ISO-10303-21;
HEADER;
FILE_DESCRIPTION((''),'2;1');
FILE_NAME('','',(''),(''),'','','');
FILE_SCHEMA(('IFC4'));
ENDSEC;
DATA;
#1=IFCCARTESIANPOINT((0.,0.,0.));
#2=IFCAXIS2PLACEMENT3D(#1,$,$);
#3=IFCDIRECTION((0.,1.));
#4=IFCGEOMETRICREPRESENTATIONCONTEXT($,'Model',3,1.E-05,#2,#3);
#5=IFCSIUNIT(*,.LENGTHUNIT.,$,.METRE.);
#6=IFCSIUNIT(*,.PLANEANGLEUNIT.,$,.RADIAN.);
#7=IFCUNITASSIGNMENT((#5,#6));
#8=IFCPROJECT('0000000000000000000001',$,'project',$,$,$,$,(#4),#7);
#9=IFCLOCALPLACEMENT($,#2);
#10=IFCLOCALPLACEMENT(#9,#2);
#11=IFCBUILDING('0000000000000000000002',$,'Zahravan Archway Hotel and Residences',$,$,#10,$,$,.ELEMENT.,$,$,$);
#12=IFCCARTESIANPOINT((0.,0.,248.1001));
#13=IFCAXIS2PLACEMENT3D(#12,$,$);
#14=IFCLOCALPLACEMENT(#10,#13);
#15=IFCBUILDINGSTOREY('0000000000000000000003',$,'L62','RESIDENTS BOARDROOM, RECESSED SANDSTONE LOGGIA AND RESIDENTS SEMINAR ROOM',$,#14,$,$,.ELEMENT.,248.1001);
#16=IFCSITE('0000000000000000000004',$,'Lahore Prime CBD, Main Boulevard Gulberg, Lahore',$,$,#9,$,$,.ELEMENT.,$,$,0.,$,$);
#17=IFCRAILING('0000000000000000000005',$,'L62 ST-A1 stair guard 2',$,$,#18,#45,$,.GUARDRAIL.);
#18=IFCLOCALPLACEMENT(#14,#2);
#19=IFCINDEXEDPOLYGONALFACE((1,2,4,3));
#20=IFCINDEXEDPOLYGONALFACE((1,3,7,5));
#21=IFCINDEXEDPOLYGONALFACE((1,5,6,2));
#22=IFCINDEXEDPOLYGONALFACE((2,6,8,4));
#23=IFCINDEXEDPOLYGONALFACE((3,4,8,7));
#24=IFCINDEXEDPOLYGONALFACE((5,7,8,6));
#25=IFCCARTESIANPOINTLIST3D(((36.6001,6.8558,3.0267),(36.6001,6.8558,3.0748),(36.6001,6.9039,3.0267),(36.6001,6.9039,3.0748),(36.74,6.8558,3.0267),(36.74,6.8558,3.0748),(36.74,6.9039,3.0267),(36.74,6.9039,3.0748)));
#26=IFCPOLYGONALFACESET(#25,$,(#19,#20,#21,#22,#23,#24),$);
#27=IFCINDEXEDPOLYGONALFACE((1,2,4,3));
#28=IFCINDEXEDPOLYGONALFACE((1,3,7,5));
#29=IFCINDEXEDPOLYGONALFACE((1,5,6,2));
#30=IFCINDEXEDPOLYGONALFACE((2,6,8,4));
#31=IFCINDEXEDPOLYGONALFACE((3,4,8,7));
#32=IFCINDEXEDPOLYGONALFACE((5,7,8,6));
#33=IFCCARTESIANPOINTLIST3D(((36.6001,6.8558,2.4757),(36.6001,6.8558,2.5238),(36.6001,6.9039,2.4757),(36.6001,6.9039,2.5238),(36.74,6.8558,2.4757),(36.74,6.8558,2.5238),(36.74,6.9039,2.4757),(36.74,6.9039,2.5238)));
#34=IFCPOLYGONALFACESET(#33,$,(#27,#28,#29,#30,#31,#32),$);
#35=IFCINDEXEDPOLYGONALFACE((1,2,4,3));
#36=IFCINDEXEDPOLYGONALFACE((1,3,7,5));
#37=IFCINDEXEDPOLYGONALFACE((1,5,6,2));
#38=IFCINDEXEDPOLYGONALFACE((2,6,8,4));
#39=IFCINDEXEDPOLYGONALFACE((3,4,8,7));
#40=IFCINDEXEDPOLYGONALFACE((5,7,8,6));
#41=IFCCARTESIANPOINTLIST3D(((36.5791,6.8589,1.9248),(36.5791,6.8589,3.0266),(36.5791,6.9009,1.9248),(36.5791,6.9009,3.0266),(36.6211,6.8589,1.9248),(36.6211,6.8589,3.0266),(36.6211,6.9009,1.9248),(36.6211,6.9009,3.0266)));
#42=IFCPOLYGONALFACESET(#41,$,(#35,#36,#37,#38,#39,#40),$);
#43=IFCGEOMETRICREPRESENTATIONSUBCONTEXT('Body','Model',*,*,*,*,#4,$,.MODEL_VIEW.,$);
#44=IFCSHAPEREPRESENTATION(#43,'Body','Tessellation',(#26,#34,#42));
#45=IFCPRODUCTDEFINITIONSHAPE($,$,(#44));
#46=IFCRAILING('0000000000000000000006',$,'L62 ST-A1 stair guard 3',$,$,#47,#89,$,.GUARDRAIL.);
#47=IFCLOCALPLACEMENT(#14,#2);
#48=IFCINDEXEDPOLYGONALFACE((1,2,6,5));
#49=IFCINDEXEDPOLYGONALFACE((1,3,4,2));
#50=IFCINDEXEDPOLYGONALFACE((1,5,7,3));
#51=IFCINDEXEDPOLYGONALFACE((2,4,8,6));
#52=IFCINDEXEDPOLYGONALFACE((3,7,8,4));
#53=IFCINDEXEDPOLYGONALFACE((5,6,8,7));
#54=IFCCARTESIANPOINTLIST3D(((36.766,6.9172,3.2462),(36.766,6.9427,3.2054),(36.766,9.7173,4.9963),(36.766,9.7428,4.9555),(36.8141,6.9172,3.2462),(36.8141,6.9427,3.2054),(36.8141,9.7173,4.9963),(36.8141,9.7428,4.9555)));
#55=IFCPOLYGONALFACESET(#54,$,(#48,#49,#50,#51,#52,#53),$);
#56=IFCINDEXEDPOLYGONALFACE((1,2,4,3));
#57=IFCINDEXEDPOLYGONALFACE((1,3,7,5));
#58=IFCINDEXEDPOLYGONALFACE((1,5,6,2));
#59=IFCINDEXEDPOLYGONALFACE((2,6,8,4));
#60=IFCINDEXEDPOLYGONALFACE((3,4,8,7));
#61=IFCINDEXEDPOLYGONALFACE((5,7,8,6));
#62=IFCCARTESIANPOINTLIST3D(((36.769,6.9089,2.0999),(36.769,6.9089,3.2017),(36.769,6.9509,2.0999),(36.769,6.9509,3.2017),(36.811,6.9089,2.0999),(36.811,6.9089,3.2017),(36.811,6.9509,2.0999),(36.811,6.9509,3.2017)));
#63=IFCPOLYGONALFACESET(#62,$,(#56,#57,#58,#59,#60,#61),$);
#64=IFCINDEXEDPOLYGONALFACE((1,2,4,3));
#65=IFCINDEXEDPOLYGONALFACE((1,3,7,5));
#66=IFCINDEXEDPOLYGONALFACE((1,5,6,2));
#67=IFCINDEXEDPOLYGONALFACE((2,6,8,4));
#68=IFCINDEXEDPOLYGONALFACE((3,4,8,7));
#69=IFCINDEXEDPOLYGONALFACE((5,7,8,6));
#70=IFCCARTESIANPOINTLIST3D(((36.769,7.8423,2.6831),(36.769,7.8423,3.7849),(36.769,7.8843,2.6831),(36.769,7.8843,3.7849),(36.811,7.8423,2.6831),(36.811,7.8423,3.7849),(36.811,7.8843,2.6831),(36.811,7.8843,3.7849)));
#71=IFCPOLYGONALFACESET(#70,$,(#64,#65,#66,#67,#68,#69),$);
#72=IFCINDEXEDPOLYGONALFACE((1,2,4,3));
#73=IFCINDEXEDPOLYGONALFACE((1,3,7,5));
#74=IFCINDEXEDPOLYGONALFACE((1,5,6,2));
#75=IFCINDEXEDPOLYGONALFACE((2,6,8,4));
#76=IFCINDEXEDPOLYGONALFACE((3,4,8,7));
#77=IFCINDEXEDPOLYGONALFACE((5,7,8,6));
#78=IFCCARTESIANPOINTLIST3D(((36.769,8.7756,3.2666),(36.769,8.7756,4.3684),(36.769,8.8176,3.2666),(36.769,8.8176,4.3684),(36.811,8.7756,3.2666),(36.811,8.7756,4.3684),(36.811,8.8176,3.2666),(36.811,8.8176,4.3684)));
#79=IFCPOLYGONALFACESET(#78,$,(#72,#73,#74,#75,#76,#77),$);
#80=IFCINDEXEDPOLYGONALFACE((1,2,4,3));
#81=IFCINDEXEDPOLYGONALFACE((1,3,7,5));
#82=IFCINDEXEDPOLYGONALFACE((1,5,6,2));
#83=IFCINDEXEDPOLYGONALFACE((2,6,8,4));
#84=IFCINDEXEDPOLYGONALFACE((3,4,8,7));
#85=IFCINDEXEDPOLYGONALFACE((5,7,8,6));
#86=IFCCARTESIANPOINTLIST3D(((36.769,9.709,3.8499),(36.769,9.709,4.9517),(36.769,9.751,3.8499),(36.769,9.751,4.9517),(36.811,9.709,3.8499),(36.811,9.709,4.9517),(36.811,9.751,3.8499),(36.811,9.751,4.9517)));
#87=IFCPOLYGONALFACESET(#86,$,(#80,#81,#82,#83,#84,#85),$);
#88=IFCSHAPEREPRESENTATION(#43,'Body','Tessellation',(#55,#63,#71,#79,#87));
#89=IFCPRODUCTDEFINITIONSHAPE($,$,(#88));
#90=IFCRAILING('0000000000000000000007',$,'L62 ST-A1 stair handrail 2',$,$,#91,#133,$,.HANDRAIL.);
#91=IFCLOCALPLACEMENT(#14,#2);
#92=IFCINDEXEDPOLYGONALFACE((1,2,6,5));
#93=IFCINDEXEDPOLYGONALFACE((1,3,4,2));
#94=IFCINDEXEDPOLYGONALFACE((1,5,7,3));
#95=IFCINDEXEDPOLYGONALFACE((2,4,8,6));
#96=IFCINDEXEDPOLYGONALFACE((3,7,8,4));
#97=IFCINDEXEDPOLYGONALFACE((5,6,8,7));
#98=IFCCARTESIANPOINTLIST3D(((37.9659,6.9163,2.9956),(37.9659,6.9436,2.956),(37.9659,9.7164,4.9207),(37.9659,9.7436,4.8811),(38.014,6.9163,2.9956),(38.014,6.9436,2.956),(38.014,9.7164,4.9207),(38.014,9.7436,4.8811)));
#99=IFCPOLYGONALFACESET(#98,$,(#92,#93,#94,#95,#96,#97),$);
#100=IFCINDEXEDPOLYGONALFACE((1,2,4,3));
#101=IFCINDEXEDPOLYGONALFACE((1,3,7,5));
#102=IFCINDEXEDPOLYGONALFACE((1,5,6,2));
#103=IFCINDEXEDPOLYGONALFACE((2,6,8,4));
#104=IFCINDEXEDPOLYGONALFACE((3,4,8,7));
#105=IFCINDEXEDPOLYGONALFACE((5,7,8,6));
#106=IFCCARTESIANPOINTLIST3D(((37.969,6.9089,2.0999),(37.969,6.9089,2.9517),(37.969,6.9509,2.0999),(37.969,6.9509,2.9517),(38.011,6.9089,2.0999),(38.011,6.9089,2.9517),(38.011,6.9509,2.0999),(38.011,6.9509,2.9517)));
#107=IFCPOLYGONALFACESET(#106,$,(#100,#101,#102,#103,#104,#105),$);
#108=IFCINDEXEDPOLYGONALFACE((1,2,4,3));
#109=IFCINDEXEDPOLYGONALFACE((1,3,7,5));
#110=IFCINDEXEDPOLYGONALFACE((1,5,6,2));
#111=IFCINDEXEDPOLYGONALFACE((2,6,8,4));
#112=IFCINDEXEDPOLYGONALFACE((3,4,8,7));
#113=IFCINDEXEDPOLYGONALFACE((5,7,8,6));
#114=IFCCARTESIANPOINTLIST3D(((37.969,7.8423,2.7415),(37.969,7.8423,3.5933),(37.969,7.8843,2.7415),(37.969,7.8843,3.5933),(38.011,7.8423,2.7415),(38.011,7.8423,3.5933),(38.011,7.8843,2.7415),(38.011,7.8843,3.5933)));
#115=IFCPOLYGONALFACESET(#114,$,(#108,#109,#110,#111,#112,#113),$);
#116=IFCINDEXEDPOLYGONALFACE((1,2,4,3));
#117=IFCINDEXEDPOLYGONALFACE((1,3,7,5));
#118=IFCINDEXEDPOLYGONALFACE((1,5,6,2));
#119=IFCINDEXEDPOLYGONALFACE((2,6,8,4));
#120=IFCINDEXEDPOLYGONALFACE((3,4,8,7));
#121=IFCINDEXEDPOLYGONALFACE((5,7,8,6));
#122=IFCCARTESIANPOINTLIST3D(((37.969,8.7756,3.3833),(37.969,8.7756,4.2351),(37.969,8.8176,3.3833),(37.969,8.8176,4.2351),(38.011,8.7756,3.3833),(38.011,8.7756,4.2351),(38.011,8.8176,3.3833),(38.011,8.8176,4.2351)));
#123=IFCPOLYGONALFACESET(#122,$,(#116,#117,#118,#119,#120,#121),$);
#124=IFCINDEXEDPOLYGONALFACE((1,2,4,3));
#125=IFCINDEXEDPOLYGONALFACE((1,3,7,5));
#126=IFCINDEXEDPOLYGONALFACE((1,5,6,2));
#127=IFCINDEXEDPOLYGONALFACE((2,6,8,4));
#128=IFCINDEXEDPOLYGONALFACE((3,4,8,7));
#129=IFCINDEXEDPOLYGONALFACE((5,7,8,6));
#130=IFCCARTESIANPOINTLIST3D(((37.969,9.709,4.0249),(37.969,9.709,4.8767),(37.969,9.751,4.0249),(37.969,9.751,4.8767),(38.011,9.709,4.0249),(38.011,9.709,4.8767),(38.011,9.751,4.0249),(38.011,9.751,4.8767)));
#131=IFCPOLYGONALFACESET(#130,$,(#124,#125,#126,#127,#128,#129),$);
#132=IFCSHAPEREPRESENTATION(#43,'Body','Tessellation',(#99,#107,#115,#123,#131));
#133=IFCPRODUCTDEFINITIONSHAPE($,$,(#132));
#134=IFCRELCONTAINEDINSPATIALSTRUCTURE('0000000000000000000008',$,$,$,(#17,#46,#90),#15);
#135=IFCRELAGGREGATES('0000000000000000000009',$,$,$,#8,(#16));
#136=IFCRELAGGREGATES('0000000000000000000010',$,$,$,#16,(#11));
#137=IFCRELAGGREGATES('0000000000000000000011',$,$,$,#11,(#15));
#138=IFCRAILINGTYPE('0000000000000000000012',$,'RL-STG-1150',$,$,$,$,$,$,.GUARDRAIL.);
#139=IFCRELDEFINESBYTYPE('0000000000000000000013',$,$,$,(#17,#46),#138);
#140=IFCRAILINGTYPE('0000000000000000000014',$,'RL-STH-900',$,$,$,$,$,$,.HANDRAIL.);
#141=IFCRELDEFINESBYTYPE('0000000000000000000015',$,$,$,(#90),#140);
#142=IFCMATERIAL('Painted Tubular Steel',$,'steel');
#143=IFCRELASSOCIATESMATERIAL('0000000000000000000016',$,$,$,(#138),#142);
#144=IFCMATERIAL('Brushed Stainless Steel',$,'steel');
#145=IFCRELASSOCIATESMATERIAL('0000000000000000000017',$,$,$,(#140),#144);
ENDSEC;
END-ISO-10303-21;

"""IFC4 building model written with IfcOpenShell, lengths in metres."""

from ifc_helpers import new_model, si_unit, direction, frame, origin, origin_2d, place, context, subcontext, project, spatial, rectangle, extrude, material, type_object, element, save


model = new_model("IFC4")

# Units and contexts
model_context = context("Model", 3, precision=1e-05, world=origin(), true_north=direction((0.0, 1.0)))
body_context = subcontext(model_context, "Body", "Model", "MODEL_VIEW")
ifc_project = project(units=[si_unit("LENGTHUNIT", "METRE"), si_unit("PLANEANGLEUNIT", "RADIAN")], contexts=[model_context])

# Site, building, storey
site_placement = place(None, origin())
site = spatial("IfcSite", under=ifc_project, at=site_placement, Name="Lahore Prime CBD, Main Boulevard Gulberg, Lahore", CompositionType="ELEMENT", RefElevation=0.0)
building_placement = place(site_placement, origin())
building = spatial("IfcBuilding", under=site, at=building_placement, Name="Zahravan Archway Hotel and Residences", CompositionType="ELEMENT")
storey_placement = place(building_placement, frame((0.0, 0.0, 248.1001)))
storey = spatial("IfcBuildingStorey", under=building, at=storey_placement, Name="L62", Description="RESIDENTS BOARDROOM, RECESSED SANDSTONE LOGGIA AND RESIDENTS SEMINAR ROOM", CompositionType="ELEMENT", Elevation=248.1001)

# Railings
ifc_material_1 = material(Name="Painted Tubular Steel", Category="steel")
railing_type_1 = type_object("IfcRailingType", Name="RL-STG-1150", PredefinedType="GUARDRAIL", material=ifc_material_1)
railing_1_placement = place(storey_placement, frame((36.6001, 6.8799, 1.9248)))
element("IfcRailing", 1, at=railing_1_placement, inside=storey, type_object=railing_type_1, Name="L62 ST-A1 stair guard 2", PredefinedType="GUARDRAIL", context=body_context, shape_type="SweptSolid", body=[
    extrude(rectangle(XDim=0.0481, YDim=0.0481, at=origin_2d()), frame((0.0, 0.0, 1.126), z_axis=(1.0, 0.0, 0.0), x_axis=(0.0, 1.0, 0.0)), (0.0, 0.0, 1.0), 0.1399),
    extrude(rectangle(XDim=0.0481, YDim=0.0481, at=origin_2d()), frame((0.0, 0.0, 0.575), z_axis=(1.0, 0.0, 0.0), x_axis=(0.0, 1.0, 0.0)), (0.0, 0.0, 1.0), 0.1399),
    extrude(rectangle(XDim=0.042, YDim=0.042, at=origin_2d()), origin(), (0.0, 0.0, 1.0), 1.1018),
])
railing_2_placement = place(storey_placement, frame((36.79, 6.9299, 2.0999)))
element("IfcRailing", 2, at=railing_2_placement, inside=storey, type_object=railing_type_1, Name="L62 ST-A1 stair guard 3", PredefinedType="GUARDRAIL", context=body_context, shape_type="SweptSolid", body=[
    extrude(rectangle(XDim=0.0481, YDim=0.0481, at=origin_2d()), frame((0.0, 0.0, 1.126), z_axis=(0.0, 0.848002, 0.529992), x_axis=(-1.0, 0.0, 0.0)), (0.0, 0.0, 1.0), 3.302),
    extrude(rectangle(XDim=0.042, YDim=0.042, at=origin_2d()), origin(), (0.0, 0.0, 1.0), 1.1018),
    extrude(rectangle(XDim=0.042, YDim=0.042, at=origin_2d()), frame((0.0, 0.9333, 0.5833)), (0.0, 0.0, 1.0), 1.1018),
    extrude(rectangle(XDim=0.042, YDim=0.042, at=origin_2d()), frame((0.0, 1.8667, 1.1667)), (0.0, 0.0, 1.0), 1.1018),
    extrude(rectangle(XDim=0.042, YDim=0.042, at=origin_2d()), frame((0.0, 2.8, 1.75)), (0.0, 0.0, 1.0), 1.1018),
])
ifc_material_2 = material(Name="Brushed Stainless Steel", Category="steel")
railing_type_2 = type_object("IfcRailingType", Name="RL-STH-900", PredefinedType="HANDRAIL", material=ifc_material_2)
railing_3_placement = place(storey_placement, frame((37.99, 6.9299, 2.0999)))
element("IfcRailing", 3, at=railing_3_placement, inside=storey, type_object=railing_type_2, Name="L62 ST-A1 stair handrail 2", PredefinedType="HANDRAIL", context=body_context, shape_type="SweptSolid", body=[
    extrude(rectangle(XDim=0.0481, YDim=0.0481, at=origin_2d()), frame((0.0, 0.0, 0.876), z_axis=(0.0, 0.82404, 0.566532), x_axis=(-1.0, 0.0, 0.0)), (0.0, 0.0, 1.0), 3.3979),
    extrude(rectangle(XDim=0.042, YDim=0.042, at=origin_2d()), origin(), (0.0, 0.0, 1.0), 0.8518),
    extrude(rectangle(XDim=0.042, YDim=0.042, at=origin_2d()), frame((0.0, 0.9333, 0.6416)), (0.0, 0.0, 1.0), 0.8518),
    extrude(rectangle(XDim=0.042, YDim=0.042, at=origin_2d()), frame((0.0, 1.8667, 1.2834)), (0.0, 0.0, 1.0), 0.8518),
    extrude(rectangle(XDim=0.042, YDim=0.042, at=origin_2d()), frame((0.0, 2.8, 1.925)), (0.0, 0.0, 1.0), 0.8518),
])

save(model, "model.ifc")
